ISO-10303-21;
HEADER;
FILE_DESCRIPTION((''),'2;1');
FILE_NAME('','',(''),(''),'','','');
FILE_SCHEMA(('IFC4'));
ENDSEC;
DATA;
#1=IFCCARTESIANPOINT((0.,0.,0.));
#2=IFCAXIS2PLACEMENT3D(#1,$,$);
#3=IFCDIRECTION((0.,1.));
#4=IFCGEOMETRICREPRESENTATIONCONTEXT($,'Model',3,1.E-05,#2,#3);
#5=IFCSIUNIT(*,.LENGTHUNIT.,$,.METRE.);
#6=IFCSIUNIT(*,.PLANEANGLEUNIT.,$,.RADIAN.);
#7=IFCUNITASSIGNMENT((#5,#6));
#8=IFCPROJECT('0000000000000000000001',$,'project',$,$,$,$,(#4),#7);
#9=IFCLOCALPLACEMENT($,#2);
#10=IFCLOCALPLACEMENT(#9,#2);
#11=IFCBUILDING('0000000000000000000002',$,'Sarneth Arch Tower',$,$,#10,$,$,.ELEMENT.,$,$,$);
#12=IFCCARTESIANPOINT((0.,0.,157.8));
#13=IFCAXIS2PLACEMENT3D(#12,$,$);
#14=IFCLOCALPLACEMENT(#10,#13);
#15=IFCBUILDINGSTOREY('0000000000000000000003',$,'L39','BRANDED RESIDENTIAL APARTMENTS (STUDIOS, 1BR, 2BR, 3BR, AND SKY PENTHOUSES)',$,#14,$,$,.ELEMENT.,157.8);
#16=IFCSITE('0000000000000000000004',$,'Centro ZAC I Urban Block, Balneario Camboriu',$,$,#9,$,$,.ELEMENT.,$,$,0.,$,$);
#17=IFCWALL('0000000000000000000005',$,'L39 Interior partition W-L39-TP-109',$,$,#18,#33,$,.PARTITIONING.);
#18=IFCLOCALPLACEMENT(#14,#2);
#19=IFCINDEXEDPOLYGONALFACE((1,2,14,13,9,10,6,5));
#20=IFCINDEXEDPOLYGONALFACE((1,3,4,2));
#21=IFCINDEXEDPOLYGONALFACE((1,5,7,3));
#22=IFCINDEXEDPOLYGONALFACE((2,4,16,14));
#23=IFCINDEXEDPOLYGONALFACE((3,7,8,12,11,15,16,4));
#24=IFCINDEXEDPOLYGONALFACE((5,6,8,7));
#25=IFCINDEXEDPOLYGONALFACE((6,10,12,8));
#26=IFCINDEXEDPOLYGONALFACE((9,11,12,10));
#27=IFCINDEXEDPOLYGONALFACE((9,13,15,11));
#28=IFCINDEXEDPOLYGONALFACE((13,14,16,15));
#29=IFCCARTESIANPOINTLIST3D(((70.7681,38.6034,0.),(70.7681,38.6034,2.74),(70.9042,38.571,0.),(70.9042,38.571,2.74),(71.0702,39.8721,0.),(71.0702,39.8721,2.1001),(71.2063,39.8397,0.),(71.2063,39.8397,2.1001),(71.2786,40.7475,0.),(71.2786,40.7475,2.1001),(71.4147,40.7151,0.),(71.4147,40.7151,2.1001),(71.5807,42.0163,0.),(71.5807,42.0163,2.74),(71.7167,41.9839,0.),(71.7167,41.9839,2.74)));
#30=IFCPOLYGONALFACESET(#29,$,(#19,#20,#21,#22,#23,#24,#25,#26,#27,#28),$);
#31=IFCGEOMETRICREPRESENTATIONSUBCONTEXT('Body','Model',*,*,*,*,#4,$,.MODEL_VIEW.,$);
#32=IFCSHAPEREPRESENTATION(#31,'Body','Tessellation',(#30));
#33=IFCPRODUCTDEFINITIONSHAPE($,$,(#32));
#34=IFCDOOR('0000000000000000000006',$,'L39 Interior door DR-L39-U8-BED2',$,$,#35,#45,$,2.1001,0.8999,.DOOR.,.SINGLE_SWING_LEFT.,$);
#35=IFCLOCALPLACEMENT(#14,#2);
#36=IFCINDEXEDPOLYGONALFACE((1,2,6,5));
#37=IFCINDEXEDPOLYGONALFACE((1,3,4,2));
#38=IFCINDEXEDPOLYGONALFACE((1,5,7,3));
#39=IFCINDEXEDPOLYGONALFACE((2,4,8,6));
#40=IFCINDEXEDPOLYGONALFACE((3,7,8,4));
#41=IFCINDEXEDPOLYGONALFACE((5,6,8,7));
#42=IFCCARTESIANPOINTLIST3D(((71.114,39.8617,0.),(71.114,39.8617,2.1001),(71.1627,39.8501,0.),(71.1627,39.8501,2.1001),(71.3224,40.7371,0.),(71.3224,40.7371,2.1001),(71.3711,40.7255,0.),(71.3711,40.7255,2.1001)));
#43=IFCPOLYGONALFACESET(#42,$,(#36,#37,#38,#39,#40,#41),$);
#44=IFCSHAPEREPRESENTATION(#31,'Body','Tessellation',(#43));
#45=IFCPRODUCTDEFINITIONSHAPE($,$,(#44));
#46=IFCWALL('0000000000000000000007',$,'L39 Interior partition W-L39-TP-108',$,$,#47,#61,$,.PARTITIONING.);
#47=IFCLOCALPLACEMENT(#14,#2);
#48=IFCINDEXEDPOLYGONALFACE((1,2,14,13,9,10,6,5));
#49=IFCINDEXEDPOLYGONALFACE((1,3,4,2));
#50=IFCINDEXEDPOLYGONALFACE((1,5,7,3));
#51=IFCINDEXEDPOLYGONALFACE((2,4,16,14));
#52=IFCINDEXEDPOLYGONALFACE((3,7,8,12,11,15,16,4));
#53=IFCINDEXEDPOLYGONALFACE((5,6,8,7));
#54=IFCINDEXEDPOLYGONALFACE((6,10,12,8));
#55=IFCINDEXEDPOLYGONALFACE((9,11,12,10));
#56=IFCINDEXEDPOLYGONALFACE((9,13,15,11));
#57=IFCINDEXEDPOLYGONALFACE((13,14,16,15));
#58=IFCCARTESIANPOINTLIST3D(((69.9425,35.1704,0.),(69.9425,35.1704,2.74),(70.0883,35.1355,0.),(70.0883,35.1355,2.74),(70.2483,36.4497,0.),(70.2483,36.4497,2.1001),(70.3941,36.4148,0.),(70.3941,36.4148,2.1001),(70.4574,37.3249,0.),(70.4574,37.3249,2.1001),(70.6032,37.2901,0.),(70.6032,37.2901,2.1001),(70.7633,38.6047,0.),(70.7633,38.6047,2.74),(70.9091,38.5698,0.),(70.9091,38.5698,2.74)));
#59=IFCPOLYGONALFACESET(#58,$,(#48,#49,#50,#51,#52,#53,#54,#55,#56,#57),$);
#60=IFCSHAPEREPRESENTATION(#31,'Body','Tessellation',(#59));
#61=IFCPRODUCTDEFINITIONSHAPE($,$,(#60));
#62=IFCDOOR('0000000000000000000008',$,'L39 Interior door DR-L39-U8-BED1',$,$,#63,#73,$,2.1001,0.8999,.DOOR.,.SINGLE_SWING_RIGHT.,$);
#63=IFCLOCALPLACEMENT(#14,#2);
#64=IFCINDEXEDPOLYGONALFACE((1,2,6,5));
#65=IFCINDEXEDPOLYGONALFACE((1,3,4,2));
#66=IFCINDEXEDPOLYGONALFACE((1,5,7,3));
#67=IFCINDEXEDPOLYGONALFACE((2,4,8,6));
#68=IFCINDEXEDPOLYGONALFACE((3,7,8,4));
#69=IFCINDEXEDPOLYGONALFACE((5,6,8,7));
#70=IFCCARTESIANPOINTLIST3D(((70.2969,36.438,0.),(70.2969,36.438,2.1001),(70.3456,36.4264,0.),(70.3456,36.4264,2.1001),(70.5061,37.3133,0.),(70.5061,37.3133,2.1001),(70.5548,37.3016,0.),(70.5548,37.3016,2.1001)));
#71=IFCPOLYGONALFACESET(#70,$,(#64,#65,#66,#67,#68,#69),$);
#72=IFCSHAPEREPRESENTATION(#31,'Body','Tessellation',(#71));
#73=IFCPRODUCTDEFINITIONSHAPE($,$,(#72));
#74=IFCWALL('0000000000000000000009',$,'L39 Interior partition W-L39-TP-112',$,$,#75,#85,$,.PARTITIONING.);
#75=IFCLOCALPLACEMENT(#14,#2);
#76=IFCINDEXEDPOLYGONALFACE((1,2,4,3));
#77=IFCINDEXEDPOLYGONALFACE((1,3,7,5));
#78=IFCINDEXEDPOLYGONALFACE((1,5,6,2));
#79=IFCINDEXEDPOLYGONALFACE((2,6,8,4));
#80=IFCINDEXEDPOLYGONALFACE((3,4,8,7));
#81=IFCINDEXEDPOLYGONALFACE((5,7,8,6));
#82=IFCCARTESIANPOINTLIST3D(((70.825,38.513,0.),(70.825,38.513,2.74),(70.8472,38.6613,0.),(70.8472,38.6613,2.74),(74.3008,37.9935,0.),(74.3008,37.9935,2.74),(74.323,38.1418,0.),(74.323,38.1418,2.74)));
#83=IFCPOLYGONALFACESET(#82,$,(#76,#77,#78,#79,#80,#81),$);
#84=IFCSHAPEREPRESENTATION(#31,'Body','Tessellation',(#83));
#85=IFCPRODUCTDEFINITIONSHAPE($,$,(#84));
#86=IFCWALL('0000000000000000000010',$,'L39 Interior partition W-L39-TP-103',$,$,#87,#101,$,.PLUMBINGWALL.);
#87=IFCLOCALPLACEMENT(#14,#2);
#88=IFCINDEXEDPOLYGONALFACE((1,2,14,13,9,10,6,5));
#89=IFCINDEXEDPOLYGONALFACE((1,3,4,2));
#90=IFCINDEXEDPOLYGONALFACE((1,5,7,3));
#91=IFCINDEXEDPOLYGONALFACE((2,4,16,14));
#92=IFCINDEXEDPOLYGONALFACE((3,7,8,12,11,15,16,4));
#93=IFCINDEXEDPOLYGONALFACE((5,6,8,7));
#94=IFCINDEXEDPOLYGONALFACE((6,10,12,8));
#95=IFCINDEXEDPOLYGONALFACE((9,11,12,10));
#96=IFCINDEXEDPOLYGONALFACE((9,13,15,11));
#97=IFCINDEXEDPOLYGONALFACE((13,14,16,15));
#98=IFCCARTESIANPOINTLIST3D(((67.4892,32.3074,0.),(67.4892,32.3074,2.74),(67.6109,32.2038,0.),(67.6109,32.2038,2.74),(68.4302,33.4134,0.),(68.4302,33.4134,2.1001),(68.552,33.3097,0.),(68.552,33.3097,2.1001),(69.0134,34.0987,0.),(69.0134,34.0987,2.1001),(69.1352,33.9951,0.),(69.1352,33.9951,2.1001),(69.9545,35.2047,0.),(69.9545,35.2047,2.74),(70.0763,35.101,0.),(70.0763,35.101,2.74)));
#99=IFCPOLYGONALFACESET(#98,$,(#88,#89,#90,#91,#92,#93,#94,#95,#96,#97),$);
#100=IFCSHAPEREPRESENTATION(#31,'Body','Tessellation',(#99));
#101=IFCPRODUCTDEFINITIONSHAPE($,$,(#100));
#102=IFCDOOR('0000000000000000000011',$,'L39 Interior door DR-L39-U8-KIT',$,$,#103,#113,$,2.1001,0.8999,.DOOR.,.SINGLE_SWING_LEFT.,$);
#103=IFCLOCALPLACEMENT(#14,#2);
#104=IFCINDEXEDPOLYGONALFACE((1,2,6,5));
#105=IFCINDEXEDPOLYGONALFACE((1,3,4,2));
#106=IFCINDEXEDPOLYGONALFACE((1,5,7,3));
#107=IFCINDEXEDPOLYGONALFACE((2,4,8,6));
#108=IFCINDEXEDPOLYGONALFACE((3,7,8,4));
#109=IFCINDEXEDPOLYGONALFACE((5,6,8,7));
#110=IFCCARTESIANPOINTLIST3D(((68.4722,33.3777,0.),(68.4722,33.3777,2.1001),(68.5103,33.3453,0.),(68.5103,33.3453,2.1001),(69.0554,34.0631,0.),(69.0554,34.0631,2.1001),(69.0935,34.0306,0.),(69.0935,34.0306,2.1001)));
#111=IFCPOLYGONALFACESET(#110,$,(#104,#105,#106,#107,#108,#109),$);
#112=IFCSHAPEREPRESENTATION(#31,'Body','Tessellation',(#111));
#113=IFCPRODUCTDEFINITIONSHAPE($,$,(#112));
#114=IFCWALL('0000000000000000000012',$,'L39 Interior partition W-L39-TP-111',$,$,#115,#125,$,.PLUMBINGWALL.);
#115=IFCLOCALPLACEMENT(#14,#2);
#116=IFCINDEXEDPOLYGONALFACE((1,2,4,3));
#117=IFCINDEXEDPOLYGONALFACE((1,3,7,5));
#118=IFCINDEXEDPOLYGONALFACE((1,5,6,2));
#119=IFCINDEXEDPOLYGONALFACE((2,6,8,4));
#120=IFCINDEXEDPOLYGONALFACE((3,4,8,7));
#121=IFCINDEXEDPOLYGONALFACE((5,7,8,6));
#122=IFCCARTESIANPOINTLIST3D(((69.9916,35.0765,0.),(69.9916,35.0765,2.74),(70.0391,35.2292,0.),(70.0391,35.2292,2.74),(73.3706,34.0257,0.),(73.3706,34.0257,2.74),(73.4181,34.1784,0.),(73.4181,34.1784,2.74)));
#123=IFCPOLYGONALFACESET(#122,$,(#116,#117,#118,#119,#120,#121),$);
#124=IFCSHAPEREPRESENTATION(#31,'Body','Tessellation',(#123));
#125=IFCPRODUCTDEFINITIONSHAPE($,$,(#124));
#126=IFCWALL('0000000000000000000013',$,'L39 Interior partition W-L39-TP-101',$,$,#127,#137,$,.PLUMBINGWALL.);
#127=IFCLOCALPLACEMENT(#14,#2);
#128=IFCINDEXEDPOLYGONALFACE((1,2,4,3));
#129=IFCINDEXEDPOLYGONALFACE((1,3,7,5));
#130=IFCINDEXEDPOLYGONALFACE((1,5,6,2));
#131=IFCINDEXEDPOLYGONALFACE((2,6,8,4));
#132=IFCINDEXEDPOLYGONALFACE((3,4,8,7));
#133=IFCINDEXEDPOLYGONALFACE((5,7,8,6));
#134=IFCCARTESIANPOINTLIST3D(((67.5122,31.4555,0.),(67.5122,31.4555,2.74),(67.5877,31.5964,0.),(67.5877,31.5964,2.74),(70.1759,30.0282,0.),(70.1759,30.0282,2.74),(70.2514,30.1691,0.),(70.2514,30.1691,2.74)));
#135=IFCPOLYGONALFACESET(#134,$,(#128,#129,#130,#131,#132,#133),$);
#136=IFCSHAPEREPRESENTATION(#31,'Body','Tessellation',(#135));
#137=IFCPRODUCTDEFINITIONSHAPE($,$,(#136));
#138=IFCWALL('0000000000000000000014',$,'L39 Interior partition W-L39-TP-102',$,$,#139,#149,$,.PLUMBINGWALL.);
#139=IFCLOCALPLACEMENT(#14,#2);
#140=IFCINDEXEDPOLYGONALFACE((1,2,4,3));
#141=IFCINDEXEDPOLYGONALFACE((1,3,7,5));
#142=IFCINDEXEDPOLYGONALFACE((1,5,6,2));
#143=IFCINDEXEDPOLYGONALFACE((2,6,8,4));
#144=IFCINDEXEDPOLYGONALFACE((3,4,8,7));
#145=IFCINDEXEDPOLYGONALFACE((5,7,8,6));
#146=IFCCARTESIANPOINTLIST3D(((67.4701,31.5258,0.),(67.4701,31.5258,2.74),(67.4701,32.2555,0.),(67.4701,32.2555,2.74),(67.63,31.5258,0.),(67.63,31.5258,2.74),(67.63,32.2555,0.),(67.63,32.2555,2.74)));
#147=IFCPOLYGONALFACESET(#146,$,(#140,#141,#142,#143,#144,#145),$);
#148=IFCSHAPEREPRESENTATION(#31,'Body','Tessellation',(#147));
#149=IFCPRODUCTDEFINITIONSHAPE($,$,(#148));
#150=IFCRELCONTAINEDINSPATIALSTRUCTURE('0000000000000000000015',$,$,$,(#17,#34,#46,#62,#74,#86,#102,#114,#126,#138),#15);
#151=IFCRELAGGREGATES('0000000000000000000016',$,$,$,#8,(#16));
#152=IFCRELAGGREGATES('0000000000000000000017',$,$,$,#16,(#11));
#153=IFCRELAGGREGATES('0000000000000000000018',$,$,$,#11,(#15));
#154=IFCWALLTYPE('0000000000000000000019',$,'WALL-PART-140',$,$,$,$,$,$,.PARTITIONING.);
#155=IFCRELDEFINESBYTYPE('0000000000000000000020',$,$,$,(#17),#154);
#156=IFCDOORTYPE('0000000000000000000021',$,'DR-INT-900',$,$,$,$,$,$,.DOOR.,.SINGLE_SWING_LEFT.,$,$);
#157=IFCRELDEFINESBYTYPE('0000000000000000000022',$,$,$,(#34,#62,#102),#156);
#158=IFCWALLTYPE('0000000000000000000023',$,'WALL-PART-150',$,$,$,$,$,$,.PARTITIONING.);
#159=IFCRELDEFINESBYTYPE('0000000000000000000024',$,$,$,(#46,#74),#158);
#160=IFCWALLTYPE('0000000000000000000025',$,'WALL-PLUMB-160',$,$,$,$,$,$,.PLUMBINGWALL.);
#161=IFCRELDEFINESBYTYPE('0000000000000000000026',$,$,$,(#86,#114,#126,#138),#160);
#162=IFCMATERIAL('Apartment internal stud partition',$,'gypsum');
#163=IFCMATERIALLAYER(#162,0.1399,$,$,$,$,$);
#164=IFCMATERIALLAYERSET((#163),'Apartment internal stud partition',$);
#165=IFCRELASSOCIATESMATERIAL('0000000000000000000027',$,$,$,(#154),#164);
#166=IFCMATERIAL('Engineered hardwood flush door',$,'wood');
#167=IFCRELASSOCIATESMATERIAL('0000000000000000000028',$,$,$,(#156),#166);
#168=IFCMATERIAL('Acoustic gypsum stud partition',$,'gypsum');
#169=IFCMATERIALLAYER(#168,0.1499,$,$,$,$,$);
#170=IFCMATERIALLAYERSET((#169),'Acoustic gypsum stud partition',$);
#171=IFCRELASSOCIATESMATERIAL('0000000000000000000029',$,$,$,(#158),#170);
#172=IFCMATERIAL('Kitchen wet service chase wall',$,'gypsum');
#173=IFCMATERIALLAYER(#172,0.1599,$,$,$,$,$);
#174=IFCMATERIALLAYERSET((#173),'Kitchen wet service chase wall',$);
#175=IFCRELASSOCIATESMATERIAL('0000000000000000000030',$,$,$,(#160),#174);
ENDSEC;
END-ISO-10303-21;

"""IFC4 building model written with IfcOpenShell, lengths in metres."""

from ifc_helpers import new_model, si_unit, direction, frame, frame_2d, origin, place, context, subcontext, project, spatial, rectangle, extrude, material, layer, layer_set, type_object, element, fill, save


model = new_model("IFC4")

# Units and contexts
model_context = context("Model", 3, precision=1e-05, world=origin(), true_north=direction((0.0, 1.0)))
body_context = subcontext(model_context, "Body", "Model", "MODEL_VIEW")
ifc_project = project(units=[si_unit("LENGTHUNIT", "METRE"), si_unit("PLANEANGLEUNIT", "RADIAN")], contexts=[model_context])

# Site, building, storey
site_placement = place(None, origin())
site = spatial("IfcSite", under=ifc_project, at=site_placement, Name="Centro ZAC I Urban Block, Balneario Camboriu", CompositionType="ELEMENT", RefElevation=0.0)
building_placement = place(site_placement, origin())
building = spatial("IfcBuilding", under=site, at=building_placement, Name="Sarneth Arch Tower", CompositionType="ELEMENT")
storey_placement = place(building_placement, frame((0.0, 0.0, 157.8)))
storey = spatial("IfcBuildingStorey", under=building, at=storey_placement, Name="L39", Description="BRANDED RESIDENTIAL APARTMENTS (STUDIOS, 1BR, 2BR, 3BR, AND SKY PENTHOUSES)", CompositionType="ELEMENT", Elevation=157.8)

# Walls, openings, doors
ifc_material_1 = material(Name="Apartment internal stud partition", Category="gypsum")
ifc_layer_1 = layer(ifc_material_1, 0.1399)
ifc_layer_set_1 = layer_set([ifc_layer_1], Name="Apartment internal stud partition")
wall_type_1 = type_object("IfcWallType", Name="WALL-PART-140", PredefinedType="PARTITIONING", material=ifc_layer_set_1)
wall_1_placement = place(storey_placement, frame((70.8362, 38.5872, 0.0), z_axis=(0.0, 0.0, 1.0), x_axis=(0.231599, 0.972811, 0.0)))
wall_1 = element("IfcWall", 1, at=wall_1_placement, inside=storey, type_object=wall_type_1, Name="L39 Interior partition W-L39-TP-109", PredefinedType="PARTITIONING", context=body_context, shape_type="SweptSolid", body=[
    extrude(rectangle(XDim=3.5083, YDim=0.1399, at=frame_2d((1.7542, 0.0))), origin(), (0.0, 0.0, 1.0), 2.74),
])
opening_1_placement = place(wall_1_placement, frame((1.3042, 0.0, 0.0)))
opening_1 = element("IfcOpeningElement", 2, at=opening_1_placement, cuts=wall_1, PredefinedType="OPENING", context=body_context, shape_type="SweptSolid", body=[
    extrude(rectangle(XDim=0.8999, YDim=2.1001, at=frame_2d((0.45, 1.05))), frame((0.0, 0.0798, 0.0), z_axis=(0.0, -1.0, 0.0), x_axis=(1.0, 0.0, 0.0)), (0.0, 0.0, 1.0), 0.1599),
])
ifc_material_2 = material(Name="Engineered hardwood flush door", Category="wood")
door_type_1 = type_object("IfcDoorType", Name="DR-INT-900", OperationType="SINGLE_SWING_LEFT", PredefinedType="DOOR", material=ifc_material_2)
door_1_placement = place(opening_1_placement, origin())
door_1 = element("IfcDoor", 3, at=door_1_placement, inside=storey, type_object=door_type_1, Name="L39 Interior door DR-L39-U8-BED2", OperationType="SINGLE_SWING_LEFT", OverallHeight=2.1001, OverallWidth=0.8999, PredefinedType="DOOR", context=body_context, shape_type="SweptSolid", body=[
    extrude(rectangle(XDim=0.8999, YDim=2.1001, at=frame_2d((0.45, 1.05))), frame((0.0, 0.0249, 0.0), z_axis=(0.0, -1.0, 0.0), x_axis=(1.0, 0.0, 0.0)), (0.0, 0.0, 1.0), 0.05),
])
fill(opening_1, door_1)
ifc_material_3 = material(Name="Acoustic gypsum stud partition", Category="gypsum")
ifc_layer_2 = layer(ifc_material_3, 0.1499)
ifc_layer_set_2 = layer_set([ifc_layer_2], Name="Acoustic gypsum stud partition")
wall_type_2 = type_object("IfcWallType", Name="WALL-PART-150", PredefinedType="PARTITIONING", material=ifc_layer_set_2)
wall_2_placement = place(storey_placement, frame((70.0154, 35.1528, 0.0), z_axis=(0.0, 0.0, 1.0), x_axis=(0.232452, 0.972608, 0.0)))
wall_2 = element("IfcWall", 4, at=wall_2_placement, inside=storey, type_object=wall_type_2, Name="L39 Interior partition W-L39-TP-108", PredefinedType="PARTITIONING", context=body_context, shape_type="SweptSolid", body=[
    extrude(rectangle(XDim=3.531, YDim=0.1499, at=frame_2d((1.7656, 0.0))), origin(), (0.0, 0.0, 1.0), 2.74),
])
opening_2_placement = place(wall_2_placement, frame((1.3154, 0.0, 0.0)))
opening_2 = element("IfcOpeningElement", 5, at=opening_2_placement, cuts=wall_2, PredefinedType="OPENING", context=body_context, shape_type="SweptSolid", body=[
    extrude(rectangle(XDim=0.8999, YDim=2.1001, at=frame_2d((0.45, 1.05))), frame((0.0, 0.085, 0.0), z_axis=(0.0, -1.0, 0.0), x_axis=(1.0, 0.0, 0.0)), (0.0, 0.0, 1.0), 0.1699),
])
door_2_placement = place(opening_2_placement, origin())
door_2 = element("IfcDoor", 6, at=door_2_placement, inside=storey, type_object=door_type_1, Name="L39 Interior door DR-L39-U8-BED1", OperationType="SINGLE_SWING_RIGHT", OverallHeight=2.1001, OverallWidth=0.8999, PredefinedType="DOOR", context=body_context, shape_type="SweptSolid", body=[
    extrude(rectangle(XDim=0.8999, YDim=2.1001, at=frame_2d((0.45, 1.05))), frame((0.0, 0.0249, 0.0), z_axis=(0.0, -1.0, 0.0), x_axis=(1.0, 0.0, 0.0)), (0.0, 0.0, 1.0), 0.05),
])
fill(opening_2, door_2)

# Wall
wall_3_placement = place(storey_placement, frame((74.312, 38.0676, 0.0), z_axis=(0.0, 0.0, 1.0), x_axis=(-0.989013, 0.147827, 0.0)))
element("IfcWall", 7, at=wall_3_placement, inside=storey, type_object=wall_type_2, Name="L39 Interior partition W-L39-TP-112", PredefinedType="PARTITIONING", context=body_context, shape_type="SweptSolid", body=[
    extrude(rectangle(XDim=3.5144, YDim=0.1499, at=frame_2d((1.7573, 0.0))), origin(), (0.0, 0.0, 1.0), 2.74),
])

# Wall, opening, door
ifc_material_4 = material(Name="Kitchen wet service chase wall", Category="gypsum")
ifc_layer_3 = layer(ifc_material_4, 0.1599)
ifc_layer_set_3 = layer_set([ifc_layer_3], Name="Kitchen wet service chase wall")
wall_type_3 = type_object("IfcWallType", Name="WALL-PLUMB-160", PredefinedType="PLUMBINGWALL", material=ifc_layer_set_3)
wall_4_placement = place(storey_placement, frame((67.55, 32.2556, 0.0), z_axis=(0.0, 0.0, 1.0), x_axis=(0.64806, 0.761589, 0.0)))
wall_4 = element("IfcWall", 8, at=wall_4_placement, inside=storey, type_object=wall_type_3, Name="L39 Interior partition W-L39-TP-103", PredefinedType="PLUMBINGWALL", context=body_context, shape_type="SweptSolid", body=[
    extrude(rectangle(XDim=3.8042, YDim=0.1599, at=frame_2d((1.9021, 0.0))), origin(), (0.0, 0.0, 1.0), 2.74),
])
opening_3_placement = place(wall_4_placement, frame((1.4521, 0.0, 0.0)))
opening_3 = element("IfcOpeningElement", 9, at=opening_3_placement, cuts=wall_4, PredefinedType="OPENING", context=body_context, shape_type="SweptSolid", body=[
    extrude(rectangle(XDim=0.8999, YDim=2.1001, at=frame_2d((0.45, 1.05))), frame((0.0, 0.0898, 0.0), z_axis=(0.0, -1.0, 0.0), x_axis=(1.0, 0.0, 0.0)), (0.0, 0.0, 1.0), 0.1799),
])
door_3_placement = place(opening_3_placement, origin())
door_3 = element("IfcDoor", 10, at=door_3_placement, inside=storey, type_object=door_type_1, Name="L39 Interior door DR-L39-U8-KIT", OperationType="SINGLE_SWING_LEFT", OverallHeight=2.1001, OverallWidth=0.8999, PredefinedType="DOOR", context=body_context, shape_type="SweptSolid", body=[
    extrude(rectangle(XDim=0.8999, YDim=2.1001, at=frame_2d((0.45, 1.05))), frame((0.0, 0.0249, 0.0), z_axis=(0.0, -1.0, 0.0), x_axis=(1.0, 0.0, 0.0)), (0.0, 0.0, 1.0), 0.05),
])
fill(opening_3, door_3)

# Walls
wall_5_placement = place(storey_placement, frame((70.0154, 35.1528, 0.0), z_axis=(0.0, 0.0, 1.0), x_axis=(0.954892, -0.296955, 0.0)))
element("IfcWall", 11, at=wall_5_placement, inside=storey, type_object=wall_type_3, Name="L39 Interior partition W-L39-TP-111", PredefinedType="PLUMBINGWALL", context=body_context, shape_type="SweptSolid", body=[
    extrude(rectangle(XDim=3.5386, YDim=0.1599, at=frame_2d((1.7693, 0.0))), origin(), (0.0, 0.0, 1.0), 2.74),
])
wall_6_placement = place(storey_placement, frame((70.2136, 30.0986, 0.0), z_axis=(0.0, 0.0, 1.0), x_axis=(-0.881434, 0.472307, 0.0)))
element("IfcWall", 12, at=wall_6_placement, inside=storey, type_object=wall_type_3, Name="L39 Interior partition W-L39-TP-101", PredefinedType="PLUMBINGWALL", context=body_context, shape_type="SweptSolid", body=[
    extrude(rectangle(XDim=3.022, YDim=0.1599, at=frame_2d((1.511, 0.0))), origin(), (0.0, 0.0, 1.0), 2.74),
])
wall_7_placement = place(storey_placement, frame((67.55, 31.5259, 0.0), z_axis=(0.0, 0.0, 1.0), x_axis=(0.0, 1.0, 0.0)))
element("IfcWall", 13, at=wall_7_placement, inside=storey, type_object=wall_type_3, Name="L39 Interior partition W-L39-TP-102", PredefinedType="PLUMBINGWALL", context=body_context, shape_type="SweptSolid", body=[
    extrude(rectangle(XDim=0.7297, YDim=0.1599, at=frame_2d((0.3647, 0.0))), origin(), (0.0, 0.0, 1.0), 2.74),
])

save(model, "model.ifc")
